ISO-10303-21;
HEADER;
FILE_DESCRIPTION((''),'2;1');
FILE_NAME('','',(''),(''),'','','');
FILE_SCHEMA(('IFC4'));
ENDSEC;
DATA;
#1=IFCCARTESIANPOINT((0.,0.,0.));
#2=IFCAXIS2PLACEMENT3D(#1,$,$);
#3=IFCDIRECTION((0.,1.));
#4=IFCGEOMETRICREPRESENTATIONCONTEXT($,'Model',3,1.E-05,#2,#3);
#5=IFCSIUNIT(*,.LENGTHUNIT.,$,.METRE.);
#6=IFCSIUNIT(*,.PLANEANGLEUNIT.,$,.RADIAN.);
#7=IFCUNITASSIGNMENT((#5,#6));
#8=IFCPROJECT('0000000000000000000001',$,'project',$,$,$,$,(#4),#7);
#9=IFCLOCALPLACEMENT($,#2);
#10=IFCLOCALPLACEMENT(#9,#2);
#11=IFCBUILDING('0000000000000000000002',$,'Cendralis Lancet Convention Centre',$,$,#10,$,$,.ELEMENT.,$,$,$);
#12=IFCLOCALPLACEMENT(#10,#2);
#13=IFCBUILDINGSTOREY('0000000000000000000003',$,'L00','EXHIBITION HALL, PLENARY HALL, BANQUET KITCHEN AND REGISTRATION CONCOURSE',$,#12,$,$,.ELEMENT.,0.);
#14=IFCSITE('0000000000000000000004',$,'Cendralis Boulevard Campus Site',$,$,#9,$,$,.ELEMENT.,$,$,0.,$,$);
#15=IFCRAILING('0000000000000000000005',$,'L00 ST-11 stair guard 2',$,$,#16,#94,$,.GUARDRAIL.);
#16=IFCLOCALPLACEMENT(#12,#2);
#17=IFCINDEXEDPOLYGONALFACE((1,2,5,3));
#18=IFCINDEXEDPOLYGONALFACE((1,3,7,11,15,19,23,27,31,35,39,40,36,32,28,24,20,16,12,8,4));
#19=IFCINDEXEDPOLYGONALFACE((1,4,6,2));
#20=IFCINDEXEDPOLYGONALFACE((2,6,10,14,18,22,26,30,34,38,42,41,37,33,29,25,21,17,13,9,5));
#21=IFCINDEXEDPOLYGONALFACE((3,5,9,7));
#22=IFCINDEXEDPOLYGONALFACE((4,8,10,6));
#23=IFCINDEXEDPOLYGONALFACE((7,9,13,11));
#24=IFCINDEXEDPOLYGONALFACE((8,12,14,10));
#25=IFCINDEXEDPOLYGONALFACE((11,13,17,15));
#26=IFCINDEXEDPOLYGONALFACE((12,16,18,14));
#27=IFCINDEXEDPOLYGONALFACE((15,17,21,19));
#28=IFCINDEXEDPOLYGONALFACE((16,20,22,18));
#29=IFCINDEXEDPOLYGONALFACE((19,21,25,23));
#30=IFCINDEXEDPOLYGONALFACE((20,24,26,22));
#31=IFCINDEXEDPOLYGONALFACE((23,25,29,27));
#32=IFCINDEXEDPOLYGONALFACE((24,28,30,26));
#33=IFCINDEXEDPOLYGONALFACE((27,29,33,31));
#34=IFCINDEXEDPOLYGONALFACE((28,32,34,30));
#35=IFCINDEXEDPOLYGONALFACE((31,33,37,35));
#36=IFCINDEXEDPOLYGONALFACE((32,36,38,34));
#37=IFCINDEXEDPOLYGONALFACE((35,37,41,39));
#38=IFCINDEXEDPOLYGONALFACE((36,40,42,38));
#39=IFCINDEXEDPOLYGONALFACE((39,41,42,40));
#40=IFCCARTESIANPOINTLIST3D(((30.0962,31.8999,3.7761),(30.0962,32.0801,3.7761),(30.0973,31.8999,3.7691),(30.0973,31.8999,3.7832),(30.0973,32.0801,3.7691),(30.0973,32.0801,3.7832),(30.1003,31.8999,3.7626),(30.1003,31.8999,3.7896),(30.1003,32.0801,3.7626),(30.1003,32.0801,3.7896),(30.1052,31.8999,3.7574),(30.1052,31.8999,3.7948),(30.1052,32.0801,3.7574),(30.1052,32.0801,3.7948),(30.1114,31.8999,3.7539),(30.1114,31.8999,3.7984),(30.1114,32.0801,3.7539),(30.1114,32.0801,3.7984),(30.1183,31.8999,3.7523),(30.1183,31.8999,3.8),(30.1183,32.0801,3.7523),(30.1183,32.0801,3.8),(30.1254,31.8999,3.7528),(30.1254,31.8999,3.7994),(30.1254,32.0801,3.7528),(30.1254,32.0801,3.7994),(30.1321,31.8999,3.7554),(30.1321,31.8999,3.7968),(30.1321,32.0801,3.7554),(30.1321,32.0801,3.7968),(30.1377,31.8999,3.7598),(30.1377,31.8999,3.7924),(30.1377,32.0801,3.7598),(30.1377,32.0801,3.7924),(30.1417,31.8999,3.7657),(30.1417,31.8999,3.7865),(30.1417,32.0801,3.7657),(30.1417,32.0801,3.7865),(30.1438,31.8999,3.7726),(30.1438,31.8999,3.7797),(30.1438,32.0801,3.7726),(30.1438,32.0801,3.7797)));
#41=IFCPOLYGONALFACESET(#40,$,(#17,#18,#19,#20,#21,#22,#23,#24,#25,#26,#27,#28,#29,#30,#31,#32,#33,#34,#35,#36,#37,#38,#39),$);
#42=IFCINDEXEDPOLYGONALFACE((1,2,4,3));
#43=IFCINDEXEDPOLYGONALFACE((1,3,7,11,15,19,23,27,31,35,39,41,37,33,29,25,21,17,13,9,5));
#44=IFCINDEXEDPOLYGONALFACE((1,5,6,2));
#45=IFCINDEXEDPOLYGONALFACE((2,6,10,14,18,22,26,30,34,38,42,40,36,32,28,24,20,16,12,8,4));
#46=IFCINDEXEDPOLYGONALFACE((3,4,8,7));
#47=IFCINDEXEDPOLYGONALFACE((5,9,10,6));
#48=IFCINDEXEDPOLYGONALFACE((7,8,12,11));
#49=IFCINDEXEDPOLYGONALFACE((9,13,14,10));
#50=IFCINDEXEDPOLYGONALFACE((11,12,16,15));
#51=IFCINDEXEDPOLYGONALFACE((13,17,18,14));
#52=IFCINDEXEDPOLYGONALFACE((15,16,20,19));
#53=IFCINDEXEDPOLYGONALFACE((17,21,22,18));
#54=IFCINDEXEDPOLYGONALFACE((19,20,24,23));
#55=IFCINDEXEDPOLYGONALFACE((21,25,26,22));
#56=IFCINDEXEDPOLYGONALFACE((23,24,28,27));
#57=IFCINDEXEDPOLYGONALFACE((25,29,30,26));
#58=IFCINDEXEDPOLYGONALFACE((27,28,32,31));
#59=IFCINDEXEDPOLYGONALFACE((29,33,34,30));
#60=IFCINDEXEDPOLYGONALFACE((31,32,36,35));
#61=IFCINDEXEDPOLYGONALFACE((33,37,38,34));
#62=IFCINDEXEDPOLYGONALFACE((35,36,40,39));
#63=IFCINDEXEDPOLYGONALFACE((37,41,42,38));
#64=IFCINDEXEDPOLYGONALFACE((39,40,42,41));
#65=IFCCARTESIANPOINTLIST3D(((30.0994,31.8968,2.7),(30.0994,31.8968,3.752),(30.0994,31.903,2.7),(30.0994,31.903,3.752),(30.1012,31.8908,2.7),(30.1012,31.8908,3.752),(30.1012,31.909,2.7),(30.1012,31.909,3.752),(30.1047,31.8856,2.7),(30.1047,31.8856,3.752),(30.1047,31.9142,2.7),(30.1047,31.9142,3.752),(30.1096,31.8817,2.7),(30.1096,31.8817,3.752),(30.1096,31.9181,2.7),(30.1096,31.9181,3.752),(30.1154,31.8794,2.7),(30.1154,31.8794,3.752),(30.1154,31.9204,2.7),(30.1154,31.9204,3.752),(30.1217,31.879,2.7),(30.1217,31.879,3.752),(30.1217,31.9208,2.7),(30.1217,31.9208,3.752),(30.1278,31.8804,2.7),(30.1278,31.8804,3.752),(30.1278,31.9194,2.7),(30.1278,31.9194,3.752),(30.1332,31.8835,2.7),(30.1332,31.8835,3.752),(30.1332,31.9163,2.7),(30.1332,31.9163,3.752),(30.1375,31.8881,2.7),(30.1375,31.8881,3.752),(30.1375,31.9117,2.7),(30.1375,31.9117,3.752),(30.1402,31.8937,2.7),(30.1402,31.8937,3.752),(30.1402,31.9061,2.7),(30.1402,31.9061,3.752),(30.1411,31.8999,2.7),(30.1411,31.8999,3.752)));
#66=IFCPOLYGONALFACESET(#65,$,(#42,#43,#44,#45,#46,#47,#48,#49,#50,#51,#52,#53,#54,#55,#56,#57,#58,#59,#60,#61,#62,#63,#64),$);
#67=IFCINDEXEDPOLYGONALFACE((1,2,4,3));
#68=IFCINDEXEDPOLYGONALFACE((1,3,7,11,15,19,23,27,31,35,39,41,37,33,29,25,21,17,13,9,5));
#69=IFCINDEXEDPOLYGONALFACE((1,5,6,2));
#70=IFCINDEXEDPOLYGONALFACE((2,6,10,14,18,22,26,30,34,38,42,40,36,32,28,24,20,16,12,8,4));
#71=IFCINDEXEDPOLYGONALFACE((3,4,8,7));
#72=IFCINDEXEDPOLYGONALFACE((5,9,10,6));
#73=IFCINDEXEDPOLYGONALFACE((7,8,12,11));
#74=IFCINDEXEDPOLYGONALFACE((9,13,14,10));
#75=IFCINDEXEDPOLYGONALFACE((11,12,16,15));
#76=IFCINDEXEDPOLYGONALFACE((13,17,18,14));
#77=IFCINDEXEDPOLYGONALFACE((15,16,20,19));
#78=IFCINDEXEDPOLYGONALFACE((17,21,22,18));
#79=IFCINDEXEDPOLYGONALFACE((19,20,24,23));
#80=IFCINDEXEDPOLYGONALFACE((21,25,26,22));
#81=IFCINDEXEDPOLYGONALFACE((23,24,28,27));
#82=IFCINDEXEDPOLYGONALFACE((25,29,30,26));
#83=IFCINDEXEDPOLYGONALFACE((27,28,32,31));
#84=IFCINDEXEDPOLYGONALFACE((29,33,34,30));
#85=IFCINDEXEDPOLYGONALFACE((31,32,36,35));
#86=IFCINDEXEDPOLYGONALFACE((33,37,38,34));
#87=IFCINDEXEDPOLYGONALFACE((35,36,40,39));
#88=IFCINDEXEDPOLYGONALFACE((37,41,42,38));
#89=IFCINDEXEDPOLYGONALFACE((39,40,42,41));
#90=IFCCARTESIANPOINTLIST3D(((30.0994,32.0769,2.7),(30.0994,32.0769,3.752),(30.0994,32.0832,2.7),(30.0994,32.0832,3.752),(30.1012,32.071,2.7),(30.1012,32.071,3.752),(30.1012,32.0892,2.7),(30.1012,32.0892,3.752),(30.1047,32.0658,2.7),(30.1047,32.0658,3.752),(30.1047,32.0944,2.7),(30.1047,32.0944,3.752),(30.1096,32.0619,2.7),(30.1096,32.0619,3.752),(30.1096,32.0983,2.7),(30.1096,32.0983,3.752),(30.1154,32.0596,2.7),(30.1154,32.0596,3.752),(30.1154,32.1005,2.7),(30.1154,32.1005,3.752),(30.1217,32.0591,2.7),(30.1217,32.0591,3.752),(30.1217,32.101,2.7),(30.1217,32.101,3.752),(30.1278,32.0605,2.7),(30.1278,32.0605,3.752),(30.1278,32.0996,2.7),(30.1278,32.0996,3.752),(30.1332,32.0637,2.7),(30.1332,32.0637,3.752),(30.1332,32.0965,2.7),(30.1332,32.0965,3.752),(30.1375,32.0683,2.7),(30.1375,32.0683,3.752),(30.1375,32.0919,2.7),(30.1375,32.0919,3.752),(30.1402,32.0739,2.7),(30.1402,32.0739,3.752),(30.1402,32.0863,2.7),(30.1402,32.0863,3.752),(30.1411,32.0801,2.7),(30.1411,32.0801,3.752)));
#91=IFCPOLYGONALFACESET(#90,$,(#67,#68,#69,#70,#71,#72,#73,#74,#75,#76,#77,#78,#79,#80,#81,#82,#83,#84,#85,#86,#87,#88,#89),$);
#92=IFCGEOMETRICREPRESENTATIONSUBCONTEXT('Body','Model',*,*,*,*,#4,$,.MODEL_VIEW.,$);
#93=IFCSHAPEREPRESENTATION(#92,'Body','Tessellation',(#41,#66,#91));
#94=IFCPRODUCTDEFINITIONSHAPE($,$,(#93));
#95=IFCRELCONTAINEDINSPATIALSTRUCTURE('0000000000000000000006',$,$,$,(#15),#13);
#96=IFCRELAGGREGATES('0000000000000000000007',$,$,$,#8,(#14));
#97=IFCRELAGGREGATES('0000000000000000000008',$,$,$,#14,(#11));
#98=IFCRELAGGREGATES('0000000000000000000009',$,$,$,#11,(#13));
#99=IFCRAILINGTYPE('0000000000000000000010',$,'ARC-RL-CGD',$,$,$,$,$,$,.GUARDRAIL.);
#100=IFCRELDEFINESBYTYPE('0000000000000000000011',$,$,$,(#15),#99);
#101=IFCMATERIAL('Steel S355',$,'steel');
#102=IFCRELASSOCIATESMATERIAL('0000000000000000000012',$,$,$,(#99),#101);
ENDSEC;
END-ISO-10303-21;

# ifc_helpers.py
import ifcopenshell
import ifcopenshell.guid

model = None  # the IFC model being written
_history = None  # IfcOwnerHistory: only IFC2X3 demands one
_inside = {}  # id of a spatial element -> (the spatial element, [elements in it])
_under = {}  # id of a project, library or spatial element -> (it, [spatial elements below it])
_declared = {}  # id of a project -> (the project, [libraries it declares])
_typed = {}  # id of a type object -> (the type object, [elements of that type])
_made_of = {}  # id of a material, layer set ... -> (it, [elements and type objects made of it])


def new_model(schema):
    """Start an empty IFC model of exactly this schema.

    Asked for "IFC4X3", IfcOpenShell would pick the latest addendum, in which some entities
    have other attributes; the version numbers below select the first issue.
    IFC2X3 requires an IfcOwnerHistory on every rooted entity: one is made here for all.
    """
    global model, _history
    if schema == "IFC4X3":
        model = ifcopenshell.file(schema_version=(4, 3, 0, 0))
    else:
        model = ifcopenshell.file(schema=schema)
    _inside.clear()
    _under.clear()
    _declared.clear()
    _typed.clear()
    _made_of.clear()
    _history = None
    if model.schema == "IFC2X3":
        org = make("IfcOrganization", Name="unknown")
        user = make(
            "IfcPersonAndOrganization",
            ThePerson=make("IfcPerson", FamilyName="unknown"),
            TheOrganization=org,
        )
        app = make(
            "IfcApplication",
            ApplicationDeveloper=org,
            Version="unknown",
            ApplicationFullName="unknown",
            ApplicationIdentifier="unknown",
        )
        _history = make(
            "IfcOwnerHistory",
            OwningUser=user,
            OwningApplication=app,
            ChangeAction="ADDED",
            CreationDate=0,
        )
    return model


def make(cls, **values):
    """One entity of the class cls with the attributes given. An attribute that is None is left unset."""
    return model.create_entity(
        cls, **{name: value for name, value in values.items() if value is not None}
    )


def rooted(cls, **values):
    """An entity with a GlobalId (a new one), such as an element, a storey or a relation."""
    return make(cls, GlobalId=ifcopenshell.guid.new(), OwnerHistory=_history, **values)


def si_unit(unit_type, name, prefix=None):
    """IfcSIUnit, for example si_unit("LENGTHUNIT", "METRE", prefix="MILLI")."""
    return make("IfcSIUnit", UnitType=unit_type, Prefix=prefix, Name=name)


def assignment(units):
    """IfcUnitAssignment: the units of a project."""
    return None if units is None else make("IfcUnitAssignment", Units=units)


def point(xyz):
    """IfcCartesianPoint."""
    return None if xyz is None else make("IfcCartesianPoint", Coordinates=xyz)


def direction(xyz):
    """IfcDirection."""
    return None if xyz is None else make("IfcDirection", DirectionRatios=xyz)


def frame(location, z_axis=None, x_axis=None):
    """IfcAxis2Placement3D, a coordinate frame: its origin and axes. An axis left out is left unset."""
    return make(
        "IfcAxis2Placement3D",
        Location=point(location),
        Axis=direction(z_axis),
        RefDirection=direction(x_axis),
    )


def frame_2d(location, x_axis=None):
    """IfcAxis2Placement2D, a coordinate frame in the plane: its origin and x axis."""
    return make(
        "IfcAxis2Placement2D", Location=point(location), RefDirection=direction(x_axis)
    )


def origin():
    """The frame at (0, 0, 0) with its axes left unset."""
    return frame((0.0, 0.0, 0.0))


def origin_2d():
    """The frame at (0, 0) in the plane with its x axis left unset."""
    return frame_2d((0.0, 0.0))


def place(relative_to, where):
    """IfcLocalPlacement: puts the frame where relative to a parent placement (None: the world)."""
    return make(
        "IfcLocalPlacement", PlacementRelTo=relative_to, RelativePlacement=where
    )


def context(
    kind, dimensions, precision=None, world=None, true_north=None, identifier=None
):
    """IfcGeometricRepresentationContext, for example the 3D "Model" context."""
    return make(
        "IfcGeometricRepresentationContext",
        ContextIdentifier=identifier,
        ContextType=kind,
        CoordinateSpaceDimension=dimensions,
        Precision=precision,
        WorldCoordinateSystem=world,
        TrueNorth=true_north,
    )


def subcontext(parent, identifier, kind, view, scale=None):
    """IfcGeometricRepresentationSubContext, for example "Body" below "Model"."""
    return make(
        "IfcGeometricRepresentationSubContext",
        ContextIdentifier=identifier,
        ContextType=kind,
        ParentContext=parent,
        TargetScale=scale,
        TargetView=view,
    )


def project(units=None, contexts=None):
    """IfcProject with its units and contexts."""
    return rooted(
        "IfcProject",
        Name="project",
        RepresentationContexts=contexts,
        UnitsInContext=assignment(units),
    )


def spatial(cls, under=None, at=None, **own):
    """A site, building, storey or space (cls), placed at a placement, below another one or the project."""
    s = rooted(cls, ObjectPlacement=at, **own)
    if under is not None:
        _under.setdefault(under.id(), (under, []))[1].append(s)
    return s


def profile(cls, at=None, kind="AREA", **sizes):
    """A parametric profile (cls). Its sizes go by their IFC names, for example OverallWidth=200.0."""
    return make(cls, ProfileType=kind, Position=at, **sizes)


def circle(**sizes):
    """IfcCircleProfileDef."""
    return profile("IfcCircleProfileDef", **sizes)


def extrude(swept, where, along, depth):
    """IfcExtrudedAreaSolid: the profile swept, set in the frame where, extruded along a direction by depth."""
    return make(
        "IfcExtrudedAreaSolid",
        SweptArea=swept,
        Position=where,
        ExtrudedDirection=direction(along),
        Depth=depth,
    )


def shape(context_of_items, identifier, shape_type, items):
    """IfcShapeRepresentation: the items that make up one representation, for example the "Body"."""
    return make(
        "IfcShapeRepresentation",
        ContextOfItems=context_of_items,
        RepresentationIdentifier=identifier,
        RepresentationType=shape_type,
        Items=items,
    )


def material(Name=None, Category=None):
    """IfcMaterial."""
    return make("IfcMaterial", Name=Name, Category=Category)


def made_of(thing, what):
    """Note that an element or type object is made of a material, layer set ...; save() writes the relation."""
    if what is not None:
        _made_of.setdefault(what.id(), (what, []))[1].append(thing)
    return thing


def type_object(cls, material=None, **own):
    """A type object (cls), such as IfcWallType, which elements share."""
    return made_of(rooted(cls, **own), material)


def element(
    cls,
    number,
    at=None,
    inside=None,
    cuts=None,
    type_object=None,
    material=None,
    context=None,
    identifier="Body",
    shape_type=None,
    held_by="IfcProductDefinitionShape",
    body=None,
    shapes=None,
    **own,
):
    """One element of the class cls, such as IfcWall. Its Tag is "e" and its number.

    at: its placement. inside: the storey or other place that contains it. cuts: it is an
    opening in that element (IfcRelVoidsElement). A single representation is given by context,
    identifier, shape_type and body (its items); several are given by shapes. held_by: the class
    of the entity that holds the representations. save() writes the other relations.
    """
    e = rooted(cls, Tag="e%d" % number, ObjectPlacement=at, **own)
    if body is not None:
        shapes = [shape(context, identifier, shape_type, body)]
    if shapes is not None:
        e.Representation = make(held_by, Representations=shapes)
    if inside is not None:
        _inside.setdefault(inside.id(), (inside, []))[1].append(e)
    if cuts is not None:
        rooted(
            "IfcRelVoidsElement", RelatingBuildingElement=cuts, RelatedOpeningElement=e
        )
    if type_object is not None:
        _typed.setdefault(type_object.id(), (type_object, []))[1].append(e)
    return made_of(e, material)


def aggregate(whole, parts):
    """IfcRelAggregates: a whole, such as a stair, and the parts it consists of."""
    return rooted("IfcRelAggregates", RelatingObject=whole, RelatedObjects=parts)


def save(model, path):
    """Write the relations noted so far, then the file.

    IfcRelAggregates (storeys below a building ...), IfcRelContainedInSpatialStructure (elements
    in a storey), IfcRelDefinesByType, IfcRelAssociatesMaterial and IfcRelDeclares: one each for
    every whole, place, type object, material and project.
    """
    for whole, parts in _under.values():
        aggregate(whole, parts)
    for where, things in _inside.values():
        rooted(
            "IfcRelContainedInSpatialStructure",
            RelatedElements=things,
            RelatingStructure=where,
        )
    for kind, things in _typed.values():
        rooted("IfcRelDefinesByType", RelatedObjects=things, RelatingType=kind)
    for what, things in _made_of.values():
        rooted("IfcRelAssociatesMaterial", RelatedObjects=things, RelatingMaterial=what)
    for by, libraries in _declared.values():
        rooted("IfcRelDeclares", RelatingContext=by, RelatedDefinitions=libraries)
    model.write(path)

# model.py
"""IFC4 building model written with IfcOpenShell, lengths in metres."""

from ifc_helpers import new_model, si_unit, direction, frame, origin, origin_2d, place, context, subcontext, project, spatial, circle, extrude, material, type_object, element, save


model = new_model("IFC4")

# Units and contexts
model_context = context("Model", 3, precision=1e-05, world=origin(), true_north=direction((0.0, 1.0)))
body_context = subcontext(model_context, "Body", "Model", "MODEL_VIEW")
ifc_project = project(units=[si_unit("LENGTHUNIT", "METRE"), si_unit("PLANEANGLEUNIT", "RADIAN")], contexts=[model_context])

# Site, building, storey
site_placement = place(None, origin())
site = spatial("IfcSite", under=ifc_project, at=site_placement, Name="Cendralis Boulevard Campus Site", CompositionType="ELEMENT", RefElevation=0.0)
building_placement = place(site_placement, origin())
building = spatial("IfcBuilding", under=site, at=building_placement, Name="Cendralis Lancet Convention Centre", CompositionType="ELEMENT")
storey_placement = place(building_placement, origin())
storey = spatial("IfcBuildingStorey", under=building, at=storey_placement, Name="L00", Description="EXHIBITION HALL, PLENARY HALL, BANQUET KITCHEN AND REGISTRATION CONCOURSE", CompositionType="ELEMENT", Elevation=0.0)

# Shared definitions
ifc_material_1 = material(Name="Steel S355", Category="steel")

# Railing
railing_type_1 = type_object("IfcRailingType", Name="ARC-RL-CGD", PredefinedType="GUARDRAIL", material=ifc_material_1)
railing_1_placement = place(storey_placement, frame((30.1201, 31.8999, 2.7)))
element("IfcRailing", 1, at=railing_1_placement, inside=storey, type_object=railing_type_1, Name="L00 ST-11 stair guard 2", PredefinedType="GUARDRAIL", context=body_context, shape_type="SweptSolid", body=[
    extrude(circle(Radius=0.0239, at=origin_2d()), frame((0.0, 0.0, 1.0762), z_axis=(0.0, 1.0, 0.0), x_axis=(-1.0, 0.0, 0.0)), (0.0, 0.0, 1.0), 0.1802),
    extrude(circle(Radius=0.021, at=origin_2d()), origin(), (0.0, 0.0, 1.0), 1.052),
    extrude(circle(Radius=0.021, at=origin_2d()), frame((0.0, 0.1802, 0.0)), (0.0, 0.0, 1.0), 1.052),
])

save(model, "model.ifc")
